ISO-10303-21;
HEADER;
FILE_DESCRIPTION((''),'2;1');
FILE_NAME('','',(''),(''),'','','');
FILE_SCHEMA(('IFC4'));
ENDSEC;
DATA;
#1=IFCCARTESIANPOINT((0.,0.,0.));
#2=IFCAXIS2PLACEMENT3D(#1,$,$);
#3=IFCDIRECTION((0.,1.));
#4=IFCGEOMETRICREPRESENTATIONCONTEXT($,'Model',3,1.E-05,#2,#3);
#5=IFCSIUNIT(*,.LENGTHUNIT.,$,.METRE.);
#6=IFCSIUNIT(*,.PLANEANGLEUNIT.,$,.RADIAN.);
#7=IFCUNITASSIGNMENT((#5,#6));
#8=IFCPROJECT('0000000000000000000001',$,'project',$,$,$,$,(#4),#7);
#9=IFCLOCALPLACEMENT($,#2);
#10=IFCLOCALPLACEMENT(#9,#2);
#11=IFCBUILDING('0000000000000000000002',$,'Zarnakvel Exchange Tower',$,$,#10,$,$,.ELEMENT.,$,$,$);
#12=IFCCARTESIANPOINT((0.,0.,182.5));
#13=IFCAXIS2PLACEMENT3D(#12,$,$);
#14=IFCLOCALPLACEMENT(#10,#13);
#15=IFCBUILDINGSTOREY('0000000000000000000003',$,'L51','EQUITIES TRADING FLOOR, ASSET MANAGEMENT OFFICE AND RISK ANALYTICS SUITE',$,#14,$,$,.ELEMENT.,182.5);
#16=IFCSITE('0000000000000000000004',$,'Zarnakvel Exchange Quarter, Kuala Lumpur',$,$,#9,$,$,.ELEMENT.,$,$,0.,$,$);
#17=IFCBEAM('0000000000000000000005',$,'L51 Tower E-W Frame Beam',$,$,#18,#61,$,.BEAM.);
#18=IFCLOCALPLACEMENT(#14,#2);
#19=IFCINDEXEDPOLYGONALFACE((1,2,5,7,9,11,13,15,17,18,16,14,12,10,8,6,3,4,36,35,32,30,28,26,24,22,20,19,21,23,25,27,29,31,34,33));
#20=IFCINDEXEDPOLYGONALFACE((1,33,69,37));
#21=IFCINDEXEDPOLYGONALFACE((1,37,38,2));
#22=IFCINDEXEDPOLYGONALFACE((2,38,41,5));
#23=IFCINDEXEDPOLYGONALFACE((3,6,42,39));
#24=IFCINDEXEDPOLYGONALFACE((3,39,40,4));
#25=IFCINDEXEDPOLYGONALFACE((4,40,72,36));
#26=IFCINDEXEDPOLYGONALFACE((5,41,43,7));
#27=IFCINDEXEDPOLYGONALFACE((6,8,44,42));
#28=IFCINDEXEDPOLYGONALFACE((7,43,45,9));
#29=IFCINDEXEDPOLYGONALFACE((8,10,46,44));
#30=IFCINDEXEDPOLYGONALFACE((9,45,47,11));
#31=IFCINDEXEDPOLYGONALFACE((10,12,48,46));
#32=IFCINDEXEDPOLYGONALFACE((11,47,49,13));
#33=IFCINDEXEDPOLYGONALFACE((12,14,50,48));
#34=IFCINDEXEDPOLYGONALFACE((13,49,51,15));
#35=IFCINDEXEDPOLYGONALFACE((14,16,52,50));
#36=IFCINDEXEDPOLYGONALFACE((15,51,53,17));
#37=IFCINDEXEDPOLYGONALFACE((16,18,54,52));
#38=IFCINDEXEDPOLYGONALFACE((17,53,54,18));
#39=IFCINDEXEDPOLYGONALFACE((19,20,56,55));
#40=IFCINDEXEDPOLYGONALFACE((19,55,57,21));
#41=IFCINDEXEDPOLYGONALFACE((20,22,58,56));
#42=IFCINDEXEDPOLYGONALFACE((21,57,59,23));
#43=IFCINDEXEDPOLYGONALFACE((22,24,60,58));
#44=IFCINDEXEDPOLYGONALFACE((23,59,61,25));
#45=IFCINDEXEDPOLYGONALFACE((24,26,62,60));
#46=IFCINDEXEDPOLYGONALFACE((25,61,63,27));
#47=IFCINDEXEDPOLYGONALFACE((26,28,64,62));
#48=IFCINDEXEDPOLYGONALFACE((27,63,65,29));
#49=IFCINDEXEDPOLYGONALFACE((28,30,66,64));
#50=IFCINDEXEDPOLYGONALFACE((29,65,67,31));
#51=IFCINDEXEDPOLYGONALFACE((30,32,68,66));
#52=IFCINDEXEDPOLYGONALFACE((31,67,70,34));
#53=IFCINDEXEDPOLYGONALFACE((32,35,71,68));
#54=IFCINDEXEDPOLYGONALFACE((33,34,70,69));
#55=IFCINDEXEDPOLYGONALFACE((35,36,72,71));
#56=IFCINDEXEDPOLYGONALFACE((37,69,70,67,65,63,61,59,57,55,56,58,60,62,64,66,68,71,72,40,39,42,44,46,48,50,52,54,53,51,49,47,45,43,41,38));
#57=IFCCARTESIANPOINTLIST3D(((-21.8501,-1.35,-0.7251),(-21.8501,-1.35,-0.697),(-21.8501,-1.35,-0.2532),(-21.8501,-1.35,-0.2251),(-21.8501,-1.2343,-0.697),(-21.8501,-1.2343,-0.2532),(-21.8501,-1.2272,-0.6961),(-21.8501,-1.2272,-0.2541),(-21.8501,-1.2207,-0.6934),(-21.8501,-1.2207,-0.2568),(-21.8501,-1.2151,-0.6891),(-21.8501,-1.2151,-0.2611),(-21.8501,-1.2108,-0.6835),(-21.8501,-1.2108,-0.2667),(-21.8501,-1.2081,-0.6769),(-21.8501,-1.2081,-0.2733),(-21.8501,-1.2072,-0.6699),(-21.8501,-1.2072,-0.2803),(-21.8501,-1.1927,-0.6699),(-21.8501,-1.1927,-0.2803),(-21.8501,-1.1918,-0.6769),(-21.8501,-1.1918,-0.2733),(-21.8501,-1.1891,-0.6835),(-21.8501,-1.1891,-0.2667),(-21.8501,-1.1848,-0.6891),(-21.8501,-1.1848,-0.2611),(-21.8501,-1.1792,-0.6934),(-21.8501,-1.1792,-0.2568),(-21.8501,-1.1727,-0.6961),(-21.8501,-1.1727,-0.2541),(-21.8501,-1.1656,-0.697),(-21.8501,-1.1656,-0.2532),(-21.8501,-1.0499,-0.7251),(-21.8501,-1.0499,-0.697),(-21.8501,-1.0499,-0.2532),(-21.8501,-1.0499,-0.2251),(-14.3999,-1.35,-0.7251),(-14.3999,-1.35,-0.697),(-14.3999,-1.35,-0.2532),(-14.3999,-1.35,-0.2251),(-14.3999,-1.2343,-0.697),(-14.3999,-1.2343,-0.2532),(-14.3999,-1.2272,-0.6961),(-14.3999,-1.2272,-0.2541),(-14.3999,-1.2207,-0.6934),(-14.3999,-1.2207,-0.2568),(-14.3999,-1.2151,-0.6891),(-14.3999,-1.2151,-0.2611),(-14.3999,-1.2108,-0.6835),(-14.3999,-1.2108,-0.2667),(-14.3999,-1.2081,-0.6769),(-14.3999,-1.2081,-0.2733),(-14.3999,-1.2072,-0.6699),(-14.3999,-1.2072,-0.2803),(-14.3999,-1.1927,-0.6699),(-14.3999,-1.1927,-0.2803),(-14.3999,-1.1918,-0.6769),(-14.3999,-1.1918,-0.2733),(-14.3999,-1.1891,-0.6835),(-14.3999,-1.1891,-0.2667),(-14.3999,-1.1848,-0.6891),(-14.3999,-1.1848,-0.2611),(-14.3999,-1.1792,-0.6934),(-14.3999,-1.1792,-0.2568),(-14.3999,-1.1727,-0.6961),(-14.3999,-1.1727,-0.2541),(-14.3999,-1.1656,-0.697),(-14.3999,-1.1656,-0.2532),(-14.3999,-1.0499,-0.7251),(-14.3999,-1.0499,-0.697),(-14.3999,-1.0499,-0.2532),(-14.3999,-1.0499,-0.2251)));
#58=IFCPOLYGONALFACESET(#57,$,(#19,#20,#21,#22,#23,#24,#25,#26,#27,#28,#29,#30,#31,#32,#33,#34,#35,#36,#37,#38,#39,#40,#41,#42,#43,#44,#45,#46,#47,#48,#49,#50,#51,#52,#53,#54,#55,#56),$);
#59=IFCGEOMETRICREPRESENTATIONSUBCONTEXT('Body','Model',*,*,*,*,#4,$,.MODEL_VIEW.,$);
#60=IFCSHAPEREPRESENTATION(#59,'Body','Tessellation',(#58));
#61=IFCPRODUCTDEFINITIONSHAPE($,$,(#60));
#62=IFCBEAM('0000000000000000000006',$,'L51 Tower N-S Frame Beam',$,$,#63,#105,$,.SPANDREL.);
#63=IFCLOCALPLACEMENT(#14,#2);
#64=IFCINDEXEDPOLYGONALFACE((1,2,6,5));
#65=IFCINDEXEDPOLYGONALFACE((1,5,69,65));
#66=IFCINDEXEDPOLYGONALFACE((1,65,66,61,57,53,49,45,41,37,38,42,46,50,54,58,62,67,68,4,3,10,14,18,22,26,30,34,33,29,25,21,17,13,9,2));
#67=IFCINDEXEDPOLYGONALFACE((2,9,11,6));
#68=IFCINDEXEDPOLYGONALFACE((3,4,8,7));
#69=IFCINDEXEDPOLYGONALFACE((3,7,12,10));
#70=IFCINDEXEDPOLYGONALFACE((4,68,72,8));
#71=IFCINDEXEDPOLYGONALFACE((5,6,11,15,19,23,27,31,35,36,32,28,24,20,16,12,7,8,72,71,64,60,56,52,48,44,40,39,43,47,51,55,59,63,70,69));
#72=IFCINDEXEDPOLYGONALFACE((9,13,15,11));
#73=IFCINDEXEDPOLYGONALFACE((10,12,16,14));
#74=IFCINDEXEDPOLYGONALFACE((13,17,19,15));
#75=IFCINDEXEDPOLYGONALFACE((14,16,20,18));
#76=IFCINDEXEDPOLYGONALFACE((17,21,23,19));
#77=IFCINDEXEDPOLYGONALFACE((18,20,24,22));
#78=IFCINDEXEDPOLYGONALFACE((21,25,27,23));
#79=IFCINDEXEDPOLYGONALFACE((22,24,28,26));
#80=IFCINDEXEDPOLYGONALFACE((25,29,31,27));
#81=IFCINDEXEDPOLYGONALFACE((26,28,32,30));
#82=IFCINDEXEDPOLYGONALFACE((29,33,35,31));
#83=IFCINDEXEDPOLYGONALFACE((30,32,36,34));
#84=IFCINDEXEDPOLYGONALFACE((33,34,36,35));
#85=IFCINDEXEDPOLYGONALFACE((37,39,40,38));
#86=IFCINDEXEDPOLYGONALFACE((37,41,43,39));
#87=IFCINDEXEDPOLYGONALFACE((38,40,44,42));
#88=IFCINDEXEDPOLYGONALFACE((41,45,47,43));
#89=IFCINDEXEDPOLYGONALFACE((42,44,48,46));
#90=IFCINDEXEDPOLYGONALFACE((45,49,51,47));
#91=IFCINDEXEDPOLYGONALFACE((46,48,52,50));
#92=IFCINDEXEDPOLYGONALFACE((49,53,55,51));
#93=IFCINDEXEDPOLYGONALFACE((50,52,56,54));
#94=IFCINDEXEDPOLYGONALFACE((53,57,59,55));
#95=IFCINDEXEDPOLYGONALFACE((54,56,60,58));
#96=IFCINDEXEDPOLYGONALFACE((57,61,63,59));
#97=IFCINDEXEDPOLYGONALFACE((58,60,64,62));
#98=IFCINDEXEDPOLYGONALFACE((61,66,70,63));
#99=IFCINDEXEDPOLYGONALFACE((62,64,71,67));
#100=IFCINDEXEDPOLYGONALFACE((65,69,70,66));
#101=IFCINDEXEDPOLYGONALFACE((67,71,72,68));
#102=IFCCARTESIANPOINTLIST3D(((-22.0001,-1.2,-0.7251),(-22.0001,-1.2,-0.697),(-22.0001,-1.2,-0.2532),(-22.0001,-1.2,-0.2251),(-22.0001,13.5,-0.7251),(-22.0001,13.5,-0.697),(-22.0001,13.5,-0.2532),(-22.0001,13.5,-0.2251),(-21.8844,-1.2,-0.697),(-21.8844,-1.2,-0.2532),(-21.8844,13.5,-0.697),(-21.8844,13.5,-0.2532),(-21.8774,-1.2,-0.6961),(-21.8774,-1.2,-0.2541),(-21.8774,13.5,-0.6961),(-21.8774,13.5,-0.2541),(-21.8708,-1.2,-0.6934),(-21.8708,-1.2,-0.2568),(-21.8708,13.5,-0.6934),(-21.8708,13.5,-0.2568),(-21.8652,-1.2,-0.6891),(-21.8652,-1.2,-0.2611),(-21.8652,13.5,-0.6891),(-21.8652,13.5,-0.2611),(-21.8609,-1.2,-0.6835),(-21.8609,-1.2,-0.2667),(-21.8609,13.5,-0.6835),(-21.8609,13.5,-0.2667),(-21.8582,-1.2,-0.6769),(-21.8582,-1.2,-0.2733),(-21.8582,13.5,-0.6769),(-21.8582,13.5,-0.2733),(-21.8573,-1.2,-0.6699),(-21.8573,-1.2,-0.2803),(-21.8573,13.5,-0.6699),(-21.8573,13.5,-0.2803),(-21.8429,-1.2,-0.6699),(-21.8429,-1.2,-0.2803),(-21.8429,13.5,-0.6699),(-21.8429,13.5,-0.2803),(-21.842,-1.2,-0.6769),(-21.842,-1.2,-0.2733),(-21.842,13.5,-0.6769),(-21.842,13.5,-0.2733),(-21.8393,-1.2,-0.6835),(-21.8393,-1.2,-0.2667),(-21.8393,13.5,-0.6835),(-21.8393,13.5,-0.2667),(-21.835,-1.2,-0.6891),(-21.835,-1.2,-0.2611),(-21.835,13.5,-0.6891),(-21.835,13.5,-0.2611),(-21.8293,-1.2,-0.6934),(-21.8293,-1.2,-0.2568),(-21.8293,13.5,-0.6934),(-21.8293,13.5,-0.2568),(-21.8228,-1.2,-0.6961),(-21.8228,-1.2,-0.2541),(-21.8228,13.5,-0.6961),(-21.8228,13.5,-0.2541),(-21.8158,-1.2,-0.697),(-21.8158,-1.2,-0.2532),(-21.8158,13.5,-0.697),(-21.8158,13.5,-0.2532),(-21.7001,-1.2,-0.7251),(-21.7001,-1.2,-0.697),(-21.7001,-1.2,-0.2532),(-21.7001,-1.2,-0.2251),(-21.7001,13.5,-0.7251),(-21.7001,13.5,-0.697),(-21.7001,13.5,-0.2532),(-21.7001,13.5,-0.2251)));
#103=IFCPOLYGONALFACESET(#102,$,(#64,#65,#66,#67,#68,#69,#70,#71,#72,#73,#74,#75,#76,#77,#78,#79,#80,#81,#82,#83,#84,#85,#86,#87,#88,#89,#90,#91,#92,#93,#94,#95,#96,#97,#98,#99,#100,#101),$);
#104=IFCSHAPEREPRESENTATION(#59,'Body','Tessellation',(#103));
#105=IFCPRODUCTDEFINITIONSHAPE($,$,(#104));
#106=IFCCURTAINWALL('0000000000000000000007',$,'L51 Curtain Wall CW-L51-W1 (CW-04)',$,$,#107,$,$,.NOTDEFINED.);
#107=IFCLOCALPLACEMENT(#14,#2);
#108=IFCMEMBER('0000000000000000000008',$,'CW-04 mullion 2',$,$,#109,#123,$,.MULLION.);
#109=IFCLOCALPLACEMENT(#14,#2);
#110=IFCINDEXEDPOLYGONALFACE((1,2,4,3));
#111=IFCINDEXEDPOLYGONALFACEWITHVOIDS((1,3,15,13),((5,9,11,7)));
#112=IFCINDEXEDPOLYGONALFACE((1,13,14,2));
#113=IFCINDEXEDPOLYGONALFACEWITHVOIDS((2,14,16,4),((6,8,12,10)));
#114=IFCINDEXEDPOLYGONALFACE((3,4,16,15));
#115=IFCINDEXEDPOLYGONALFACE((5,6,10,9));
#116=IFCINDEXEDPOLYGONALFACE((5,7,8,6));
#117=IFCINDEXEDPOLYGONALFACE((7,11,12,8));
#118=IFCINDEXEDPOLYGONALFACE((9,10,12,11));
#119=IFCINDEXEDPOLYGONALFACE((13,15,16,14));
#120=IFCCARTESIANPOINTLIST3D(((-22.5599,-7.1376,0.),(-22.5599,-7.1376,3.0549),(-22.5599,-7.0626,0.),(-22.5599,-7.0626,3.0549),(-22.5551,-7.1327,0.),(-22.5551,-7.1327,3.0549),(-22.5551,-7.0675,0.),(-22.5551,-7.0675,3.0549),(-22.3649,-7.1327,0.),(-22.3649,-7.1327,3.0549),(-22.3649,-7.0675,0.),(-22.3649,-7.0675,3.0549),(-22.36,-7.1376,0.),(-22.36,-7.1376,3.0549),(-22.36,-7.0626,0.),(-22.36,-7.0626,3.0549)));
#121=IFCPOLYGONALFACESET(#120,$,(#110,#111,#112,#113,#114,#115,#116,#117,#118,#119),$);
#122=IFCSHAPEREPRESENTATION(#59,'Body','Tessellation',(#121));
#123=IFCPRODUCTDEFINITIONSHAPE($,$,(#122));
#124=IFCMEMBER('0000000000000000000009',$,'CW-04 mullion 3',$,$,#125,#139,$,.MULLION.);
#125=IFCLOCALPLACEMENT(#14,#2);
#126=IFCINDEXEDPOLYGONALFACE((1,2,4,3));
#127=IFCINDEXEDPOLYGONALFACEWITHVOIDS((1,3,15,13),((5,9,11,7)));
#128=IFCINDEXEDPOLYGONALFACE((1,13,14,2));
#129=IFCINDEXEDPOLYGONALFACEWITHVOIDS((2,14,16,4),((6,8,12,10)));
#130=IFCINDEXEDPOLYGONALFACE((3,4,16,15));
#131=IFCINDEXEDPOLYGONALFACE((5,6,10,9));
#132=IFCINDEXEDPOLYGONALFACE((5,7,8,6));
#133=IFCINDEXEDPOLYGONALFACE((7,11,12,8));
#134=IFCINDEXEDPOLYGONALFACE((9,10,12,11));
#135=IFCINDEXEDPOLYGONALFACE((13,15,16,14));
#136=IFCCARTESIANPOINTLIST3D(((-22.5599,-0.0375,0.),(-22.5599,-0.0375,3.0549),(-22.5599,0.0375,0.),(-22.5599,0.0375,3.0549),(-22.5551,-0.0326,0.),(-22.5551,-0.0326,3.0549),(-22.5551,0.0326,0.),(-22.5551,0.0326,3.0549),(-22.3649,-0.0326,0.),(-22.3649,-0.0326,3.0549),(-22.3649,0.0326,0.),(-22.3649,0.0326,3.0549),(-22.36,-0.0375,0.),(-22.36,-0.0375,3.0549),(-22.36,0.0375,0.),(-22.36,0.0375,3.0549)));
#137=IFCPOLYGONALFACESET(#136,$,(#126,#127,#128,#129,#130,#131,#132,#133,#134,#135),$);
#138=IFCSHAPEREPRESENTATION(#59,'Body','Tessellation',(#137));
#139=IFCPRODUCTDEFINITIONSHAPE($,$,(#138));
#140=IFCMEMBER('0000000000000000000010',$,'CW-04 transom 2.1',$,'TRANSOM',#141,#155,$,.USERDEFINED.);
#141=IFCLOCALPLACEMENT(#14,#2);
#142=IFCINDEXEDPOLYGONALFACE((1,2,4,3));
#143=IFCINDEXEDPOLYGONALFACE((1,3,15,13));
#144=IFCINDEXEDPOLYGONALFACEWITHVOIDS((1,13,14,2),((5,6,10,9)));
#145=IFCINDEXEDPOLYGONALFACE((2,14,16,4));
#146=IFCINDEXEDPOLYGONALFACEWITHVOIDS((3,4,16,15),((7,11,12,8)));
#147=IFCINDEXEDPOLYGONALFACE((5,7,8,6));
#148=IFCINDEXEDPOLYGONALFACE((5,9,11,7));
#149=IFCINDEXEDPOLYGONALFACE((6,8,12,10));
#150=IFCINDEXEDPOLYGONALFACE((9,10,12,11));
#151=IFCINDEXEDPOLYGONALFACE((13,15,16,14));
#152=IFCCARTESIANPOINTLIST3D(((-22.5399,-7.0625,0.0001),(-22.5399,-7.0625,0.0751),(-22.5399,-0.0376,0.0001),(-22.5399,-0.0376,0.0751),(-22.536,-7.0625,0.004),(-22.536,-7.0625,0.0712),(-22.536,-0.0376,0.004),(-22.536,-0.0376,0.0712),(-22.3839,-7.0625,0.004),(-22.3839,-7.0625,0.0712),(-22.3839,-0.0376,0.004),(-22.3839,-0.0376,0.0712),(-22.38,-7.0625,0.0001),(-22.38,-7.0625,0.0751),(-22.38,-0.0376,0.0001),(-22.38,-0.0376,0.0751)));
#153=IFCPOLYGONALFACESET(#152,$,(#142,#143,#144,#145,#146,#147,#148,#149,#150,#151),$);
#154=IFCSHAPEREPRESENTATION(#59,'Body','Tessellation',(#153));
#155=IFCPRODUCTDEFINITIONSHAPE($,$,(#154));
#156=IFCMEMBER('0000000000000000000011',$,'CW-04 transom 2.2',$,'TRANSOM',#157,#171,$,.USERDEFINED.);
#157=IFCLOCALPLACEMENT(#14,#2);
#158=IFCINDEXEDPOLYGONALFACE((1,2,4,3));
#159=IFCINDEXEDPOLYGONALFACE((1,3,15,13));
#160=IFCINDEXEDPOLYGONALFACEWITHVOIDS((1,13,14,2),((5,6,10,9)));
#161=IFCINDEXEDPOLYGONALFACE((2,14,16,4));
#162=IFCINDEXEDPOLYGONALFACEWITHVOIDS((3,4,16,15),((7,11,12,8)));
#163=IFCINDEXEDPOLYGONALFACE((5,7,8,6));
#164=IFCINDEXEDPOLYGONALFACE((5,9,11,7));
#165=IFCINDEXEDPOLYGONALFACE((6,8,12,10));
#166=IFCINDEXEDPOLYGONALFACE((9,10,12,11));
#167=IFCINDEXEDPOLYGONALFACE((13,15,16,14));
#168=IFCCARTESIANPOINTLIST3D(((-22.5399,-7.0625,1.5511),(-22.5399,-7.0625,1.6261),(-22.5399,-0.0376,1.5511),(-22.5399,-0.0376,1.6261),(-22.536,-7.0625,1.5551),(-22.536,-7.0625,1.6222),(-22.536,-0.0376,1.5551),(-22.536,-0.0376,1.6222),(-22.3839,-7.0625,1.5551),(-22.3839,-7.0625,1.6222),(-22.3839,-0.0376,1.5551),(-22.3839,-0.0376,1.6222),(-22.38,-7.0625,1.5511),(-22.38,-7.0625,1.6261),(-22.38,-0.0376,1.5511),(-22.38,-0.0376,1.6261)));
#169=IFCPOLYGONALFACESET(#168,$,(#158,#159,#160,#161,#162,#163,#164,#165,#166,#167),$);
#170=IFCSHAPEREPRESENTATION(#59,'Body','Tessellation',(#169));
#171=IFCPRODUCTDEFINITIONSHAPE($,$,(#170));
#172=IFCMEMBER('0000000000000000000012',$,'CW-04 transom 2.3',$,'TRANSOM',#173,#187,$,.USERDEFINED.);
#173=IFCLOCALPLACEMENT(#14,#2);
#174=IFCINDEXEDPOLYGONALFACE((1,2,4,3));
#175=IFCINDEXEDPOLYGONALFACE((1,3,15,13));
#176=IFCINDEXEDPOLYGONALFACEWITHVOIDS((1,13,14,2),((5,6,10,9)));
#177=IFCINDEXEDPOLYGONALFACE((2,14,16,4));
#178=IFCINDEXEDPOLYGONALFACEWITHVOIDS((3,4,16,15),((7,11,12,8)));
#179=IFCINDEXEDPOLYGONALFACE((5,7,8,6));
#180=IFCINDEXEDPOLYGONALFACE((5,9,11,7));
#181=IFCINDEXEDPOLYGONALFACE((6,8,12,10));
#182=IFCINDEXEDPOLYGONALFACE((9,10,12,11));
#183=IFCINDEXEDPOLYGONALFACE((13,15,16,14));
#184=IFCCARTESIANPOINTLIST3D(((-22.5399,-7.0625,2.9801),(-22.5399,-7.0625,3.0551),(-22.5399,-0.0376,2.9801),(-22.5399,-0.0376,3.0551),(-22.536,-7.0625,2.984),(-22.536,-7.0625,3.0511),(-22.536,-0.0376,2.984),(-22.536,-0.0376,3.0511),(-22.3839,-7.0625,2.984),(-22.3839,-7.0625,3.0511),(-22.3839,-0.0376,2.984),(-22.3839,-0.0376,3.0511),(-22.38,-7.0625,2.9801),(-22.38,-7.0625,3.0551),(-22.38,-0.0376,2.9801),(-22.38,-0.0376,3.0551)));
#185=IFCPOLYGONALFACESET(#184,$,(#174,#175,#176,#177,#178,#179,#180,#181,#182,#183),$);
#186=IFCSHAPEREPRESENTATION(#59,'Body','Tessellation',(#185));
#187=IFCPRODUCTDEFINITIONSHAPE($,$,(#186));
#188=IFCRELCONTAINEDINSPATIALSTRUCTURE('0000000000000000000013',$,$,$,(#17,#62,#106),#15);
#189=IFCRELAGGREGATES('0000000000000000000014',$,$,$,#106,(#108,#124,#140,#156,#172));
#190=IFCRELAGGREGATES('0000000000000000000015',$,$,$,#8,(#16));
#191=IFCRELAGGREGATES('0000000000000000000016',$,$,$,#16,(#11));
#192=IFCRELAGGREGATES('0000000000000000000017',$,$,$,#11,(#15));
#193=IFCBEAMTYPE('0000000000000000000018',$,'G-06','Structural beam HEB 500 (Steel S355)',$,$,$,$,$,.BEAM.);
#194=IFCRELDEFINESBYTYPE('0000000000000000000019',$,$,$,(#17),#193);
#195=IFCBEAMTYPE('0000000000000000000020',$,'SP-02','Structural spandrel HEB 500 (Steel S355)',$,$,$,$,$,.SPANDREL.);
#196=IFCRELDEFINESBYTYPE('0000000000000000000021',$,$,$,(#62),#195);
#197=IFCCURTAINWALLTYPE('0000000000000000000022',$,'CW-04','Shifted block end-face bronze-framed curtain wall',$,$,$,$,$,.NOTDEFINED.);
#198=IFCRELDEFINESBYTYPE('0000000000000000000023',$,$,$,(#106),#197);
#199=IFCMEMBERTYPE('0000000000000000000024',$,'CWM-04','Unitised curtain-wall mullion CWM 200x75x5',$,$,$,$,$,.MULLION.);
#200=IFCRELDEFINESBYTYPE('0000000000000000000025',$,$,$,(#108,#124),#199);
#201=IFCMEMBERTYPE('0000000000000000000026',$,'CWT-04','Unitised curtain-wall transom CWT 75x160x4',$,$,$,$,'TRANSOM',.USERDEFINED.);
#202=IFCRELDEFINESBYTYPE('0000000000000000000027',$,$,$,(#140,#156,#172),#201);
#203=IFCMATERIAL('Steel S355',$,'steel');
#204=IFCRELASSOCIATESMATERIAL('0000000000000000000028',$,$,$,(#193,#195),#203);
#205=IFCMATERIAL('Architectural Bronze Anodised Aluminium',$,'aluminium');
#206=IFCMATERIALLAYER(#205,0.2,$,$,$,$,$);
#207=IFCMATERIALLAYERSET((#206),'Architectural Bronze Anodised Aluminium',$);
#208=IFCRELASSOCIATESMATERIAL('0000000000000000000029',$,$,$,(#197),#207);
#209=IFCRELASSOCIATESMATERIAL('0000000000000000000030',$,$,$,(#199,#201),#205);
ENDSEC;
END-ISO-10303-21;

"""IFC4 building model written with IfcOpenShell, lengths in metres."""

from ifc_helpers import new_model, si_unit, direction, frame, origin, origin_2d, place, context, subcontext, project, spatial, hollow_rectangle, i_section, extrude, source, transform, mapped, material, layer, layer_set, material_profile, profile_set, type_object, element, aggregate, save


model = new_model("IFC4")

# Units and contexts
model_context = context("Model", 3, precision=1e-05, world=origin(), true_north=direction((0.0, 1.0)))
body_context = subcontext(model_context, "Body", "Model", "MODEL_VIEW")
ifc_project = project(units=[si_unit("LENGTHUNIT", "METRE"), si_unit("PLANEANGLEUNIT", "RADIAN")], contexts=[model_context])

# Site, building, storey
site_placement = place(None, origin())
site = spatial("IfcSite", under=ifc_project, at=site_placement, Name="Zarnakvel Exchange Quarter, Kuala Lumpur", CompositionType="ELEMENT", RefElevation=0.0)
building_placement = place(site_placement, origin())
building = spatial("IfcBuilding", under=site, at=building_placement, Name="Zarnakvel Exchange Tower", CompositionType="ELEMENT")
storey_placement = place(building_placement, frame((0.0, 0.0, 182.5)))
storey = spatial("IfcBuildingStorey", under=building, at=storey_placement, Name="L51", Description="EQUITIES TRADING FLOOR, ASSET MANAGEMENT OFFICE AND RISK ANALYTICS SUITE", CompositionType="ELEMENT", Elevation=182.5)

# Shared definitions
ifc_material_1 = material(Name="Steel S355", Category="steel")

# Beams
ifc_material_profile_1 = material_profile(ifc_material_1, i_section(OverallWidth=0.3, OverallDepth=0.5, WebThickness=0.0144, FlangeThickness=0.0281, FilletRadius=0.0271, at=origin_2d()))
ifc_profile_set_1 = profile_set([ifc_material_profile_1], Name="Steel S355")
beam_type_1 = type_object("IfcBeamType", Name="G-06", Description="Structural beam HEB 500 (Steel S355)", PredefinedType="BEAM", material=ifc_profile_set_1)
beam_1_placement = place(storey_placement, frame((-21.8501, -1.2, -0.4751), z_axis=(1.0, 0.0, 0.0), x_axis=(0.0, 1.0, 0.0)))
element("IfcBeam", 1, at=beam_1_placement, inside=storey, type_object=beam_type_1, Name="L51 Tower E-W Frame Beam", PredefinedType="BEAM", context=body_context, shape_type="SweptSolid", body=[
    extrude(i_section(OverallWidth=0.3, OverallDepth=0.5, WebThickness=0.0144, FlangeThickness=0.0281, FilletRadius=0.0271, at=origin_2d()), origin(), (0.0, 0.0, 1.0), 7.4502),
])
ifc_material_profile_2 = material_profile(ifc_material_1, i_section(OverallWidth=0.3, OverallDepth=0.5, WebThickness=0.0144, FlangeThickness=0.0281, FilletRadius=0.0271, at=origin_2d()))
ifc_profile_set_2 = profile_set([ifc_material_profile_2], Name="Steel S355")
beam_type_2 = type_object("IfcBeamType", Name="SP-02", Description="Structural spandrel HEB 500 (Steel S355)", PredefinedType="SPANDREL", material=ifc_profile_set_2)
beam_2_placement = place(storey_placement, frame((-21.8501, -1.2, -0.4751), z_axis=(0.0, 1.0, 0.0), x_axis=(-1.0, 0.0, 0.0)))
element("IfcBeam", 2, at=beam_2_placement, inside=storey, type_object=beam_type_2, Name="L51 Tower N-S Frame Beam", PredefinedType="SPANDREL", context=body_context, shape_type="SweptSolid", body=[
    extrude(i_section(OverallWidth=0.3, OverallDepth=0.5, WebThickness=0.0144, FlangeThickness=0.0281, FilletRadius=0.0271, at=origin_2d()), origin(), (0.0, 0.0, 1.0), 14.7),
])

# Curtain wall, members
ifc_material_2 = material(Name="Architectural Bronze Anodised Aluminium", Category="aluminium")
ifc_layer_1 = layer(ifc_material_2, 0.2)
ifc_layer_set_1 = layer_set([ifc_layer_1], Name="Architectural Bronze Anodised Aluminium")
curtain_wall_type = type_object("IfcCurtainWallType", Name="CW-04", Description="Shifted block end-face bronze-framed curtain wall", PredefinedType="NOTDEFINED", material=ifc_layer_set_1)
curtain_wall_placement = place(storey_placement, origin())
curtain_wall = element("IfcCurtainWall", 3, at=curtain_wall_placement, inside=storey, type_object=curtain_wall_type, Name="L51 Curtain Wall CW-L51-W1 (CW-04)", PredefinedType="NOTDEFINED")
ifc_material_profile_3 = material_profile(ifc_material_2, hollow_rectangle(XDim=0.2, YDim=0.075, WallThickness=0.0049, at=origin_2d()))
ifc_profile_set_3 = profile_set([ifc_material_profile_3], Name="Architectural Bronze Anodised Aluminium")
member_type_1 = type_object("IfcMemberType", Name="CWM-04", Description="Unitised curtain-wall mullion CWM 200x75x5", PredefinedType="MULLION", material=ifc_profile_set_3)
shared_shape_1 = source(origin(), body_context, "Body", "SweptSolid", [
    extrude(hollow_rectangle(XDim=0.2, YDim=0.075, WallThickness=0.0049, at=origin_2d()), origin(), (0.0, 0.0, 1.0), 3.0549),
])
member_1_placement = place(storey_placement, frame((-22.46, -7.1001, 0.0), z_axis=(0.0, 0.0, 1.0), x_axis=(-1.0, 0.0, 0.0)))
member_1 = element("IfcMember", 4, at=member_1_placement, type_object=member_type_1, Name="CW-04 mullion 2", PredefinedType="MULLION", context=body_context, shape_type="MappedRepresentation", body=[
    mapped(shared_shape_1, transform((0.0, 0.0, 0.0), x_axis=(1.0, 0.0, 0.0), y_axis=(0.0, 1.0, 0.0), z_axis=(0.0, 0.0, 1.0), scale=1.0)),
])
member_2_placement = place(storey_placement, frame((-22.46, 0.0, 0.0), z_axis=(0.0, 0.0, 1.0), x_axis=(-1.0, 0.0, 0.0)))
member_2 = element("IfcMember", 5, at=member_2_placement, type_object=member_type_1, Name="CW-04 mullion 3", PredefinedType="MULLION", context=body_context, shape_type="MappedRepresentation", body=[
    mapped(shared_shape_1, transform((0.0, 0.0, 0.0), x_axis=(1.0, 0.0, 0.0), y_axis=(0.0, 1.0, 0.0), z_axis=(0.0, 0.0, 1.0), scale=1.0)),
])
ifc_material_profile_4 = material_profile(ifc_material_2, hollow_rectangle(XDim=0.1599, YDim=0.075, WallThickness=0.0039, at=origin_2d()))
ifc_profile_set_4 = profile_set([ifc_material_profile_4], Name="Architectural Bronze Anodised Aluminium")
member_type_2 = type_object("IfcMemberType", Name="CWT-04", Description="Unitised curtain-wall transom CWT 75x160x4", ElementType="TRANSOM", PredefinedType="USERDEFINED", material=ifc_profile_set_4)
shared_shape_2 = source(origin(), body_context, "Body", "SweptSolid", [
    extrude(hollow_rectangle(XDim=0.1599, YDim=0.075, WallThickness=0.0039, at=origin_2d()), origin(), (0.0, 0.0, 1.0), 7.0249),
])
member_3_placement = place(storey_placement, frame((-22.46, -7.0625, 0.0376), z_axis=(0.0, 1.0, 0.0), x_axis=(-1.0, 0.0, 0.0)))
member_3 = element("IfcMember", 6, at=member_3_placement, type_object=member_type_2, Name="CW-04 transom 2.1", ObjectType="TRANSOM", PredefinedType="USERDEFINED", context=body_context, shape_type="MappedRepresentation", body=[
    mapped(shared_shape_2, transform((0.0, 0.0, 0.0), x_axis=(1.0, 0.0, 0.0), y_axis=(0.0, 1.0, 0.0), z_axis=(0.0, 0.0, 1.0), scale=1.0)),
])
member_4_placement = place(storey_placement, frame((-22.46, -7.0625, 1.5886), z_axis=(0.0, 1.0, 0.0), x_axis=(-1.0, 0.0, 0.0)))
member_4 = element("IfcMember", 7, at=member_4_placement, type_object=member_type_2, Name="CW-04 transom 2.2", ObjectType="TRANSOM", PredefinedType="USERDEFINED", context=body_context, shape_type="MappedRepresentation", body=[
    mapped(shared_shape_2, transform((0.0, 0.0, 0.0), x_axis=(1.0, 0.0, 0.0), y_axis=(0.0, 1.0, 0.0), z_axis=(0.0, 0.0, 1.0), scale=1.0)),
])
member_5_placement = place(storey_placement, frame((-22.46, -7.0625, 3.0176), z_axis=(0.0, 1.0, 0.0), x_axis=(-1.0, 0.0, 0.0)))
member_5 = element("IfcMember", 8, at=member_5_placement, type_object=member_type_2, Name="CW-04 transom 2.3", ObjectType="TRANSOM", PredefinedType="USERDEFINED", context=body_context, shape_type="MappedRepresentation", body=[
    mapped(shared_shape_2, transform((0.0, 0.0, 0.0), x_axis=(1.0, 0.0, 0.0), y_axis=(0.0, 1.0, 0.0), z_axis=(0.0, 0.0, 1.0), scale=1.0)),
])
aggregate(curtain_wall, [member_1, member_2, member_3, member_4, member_5])

save(model, "model.ifc")
